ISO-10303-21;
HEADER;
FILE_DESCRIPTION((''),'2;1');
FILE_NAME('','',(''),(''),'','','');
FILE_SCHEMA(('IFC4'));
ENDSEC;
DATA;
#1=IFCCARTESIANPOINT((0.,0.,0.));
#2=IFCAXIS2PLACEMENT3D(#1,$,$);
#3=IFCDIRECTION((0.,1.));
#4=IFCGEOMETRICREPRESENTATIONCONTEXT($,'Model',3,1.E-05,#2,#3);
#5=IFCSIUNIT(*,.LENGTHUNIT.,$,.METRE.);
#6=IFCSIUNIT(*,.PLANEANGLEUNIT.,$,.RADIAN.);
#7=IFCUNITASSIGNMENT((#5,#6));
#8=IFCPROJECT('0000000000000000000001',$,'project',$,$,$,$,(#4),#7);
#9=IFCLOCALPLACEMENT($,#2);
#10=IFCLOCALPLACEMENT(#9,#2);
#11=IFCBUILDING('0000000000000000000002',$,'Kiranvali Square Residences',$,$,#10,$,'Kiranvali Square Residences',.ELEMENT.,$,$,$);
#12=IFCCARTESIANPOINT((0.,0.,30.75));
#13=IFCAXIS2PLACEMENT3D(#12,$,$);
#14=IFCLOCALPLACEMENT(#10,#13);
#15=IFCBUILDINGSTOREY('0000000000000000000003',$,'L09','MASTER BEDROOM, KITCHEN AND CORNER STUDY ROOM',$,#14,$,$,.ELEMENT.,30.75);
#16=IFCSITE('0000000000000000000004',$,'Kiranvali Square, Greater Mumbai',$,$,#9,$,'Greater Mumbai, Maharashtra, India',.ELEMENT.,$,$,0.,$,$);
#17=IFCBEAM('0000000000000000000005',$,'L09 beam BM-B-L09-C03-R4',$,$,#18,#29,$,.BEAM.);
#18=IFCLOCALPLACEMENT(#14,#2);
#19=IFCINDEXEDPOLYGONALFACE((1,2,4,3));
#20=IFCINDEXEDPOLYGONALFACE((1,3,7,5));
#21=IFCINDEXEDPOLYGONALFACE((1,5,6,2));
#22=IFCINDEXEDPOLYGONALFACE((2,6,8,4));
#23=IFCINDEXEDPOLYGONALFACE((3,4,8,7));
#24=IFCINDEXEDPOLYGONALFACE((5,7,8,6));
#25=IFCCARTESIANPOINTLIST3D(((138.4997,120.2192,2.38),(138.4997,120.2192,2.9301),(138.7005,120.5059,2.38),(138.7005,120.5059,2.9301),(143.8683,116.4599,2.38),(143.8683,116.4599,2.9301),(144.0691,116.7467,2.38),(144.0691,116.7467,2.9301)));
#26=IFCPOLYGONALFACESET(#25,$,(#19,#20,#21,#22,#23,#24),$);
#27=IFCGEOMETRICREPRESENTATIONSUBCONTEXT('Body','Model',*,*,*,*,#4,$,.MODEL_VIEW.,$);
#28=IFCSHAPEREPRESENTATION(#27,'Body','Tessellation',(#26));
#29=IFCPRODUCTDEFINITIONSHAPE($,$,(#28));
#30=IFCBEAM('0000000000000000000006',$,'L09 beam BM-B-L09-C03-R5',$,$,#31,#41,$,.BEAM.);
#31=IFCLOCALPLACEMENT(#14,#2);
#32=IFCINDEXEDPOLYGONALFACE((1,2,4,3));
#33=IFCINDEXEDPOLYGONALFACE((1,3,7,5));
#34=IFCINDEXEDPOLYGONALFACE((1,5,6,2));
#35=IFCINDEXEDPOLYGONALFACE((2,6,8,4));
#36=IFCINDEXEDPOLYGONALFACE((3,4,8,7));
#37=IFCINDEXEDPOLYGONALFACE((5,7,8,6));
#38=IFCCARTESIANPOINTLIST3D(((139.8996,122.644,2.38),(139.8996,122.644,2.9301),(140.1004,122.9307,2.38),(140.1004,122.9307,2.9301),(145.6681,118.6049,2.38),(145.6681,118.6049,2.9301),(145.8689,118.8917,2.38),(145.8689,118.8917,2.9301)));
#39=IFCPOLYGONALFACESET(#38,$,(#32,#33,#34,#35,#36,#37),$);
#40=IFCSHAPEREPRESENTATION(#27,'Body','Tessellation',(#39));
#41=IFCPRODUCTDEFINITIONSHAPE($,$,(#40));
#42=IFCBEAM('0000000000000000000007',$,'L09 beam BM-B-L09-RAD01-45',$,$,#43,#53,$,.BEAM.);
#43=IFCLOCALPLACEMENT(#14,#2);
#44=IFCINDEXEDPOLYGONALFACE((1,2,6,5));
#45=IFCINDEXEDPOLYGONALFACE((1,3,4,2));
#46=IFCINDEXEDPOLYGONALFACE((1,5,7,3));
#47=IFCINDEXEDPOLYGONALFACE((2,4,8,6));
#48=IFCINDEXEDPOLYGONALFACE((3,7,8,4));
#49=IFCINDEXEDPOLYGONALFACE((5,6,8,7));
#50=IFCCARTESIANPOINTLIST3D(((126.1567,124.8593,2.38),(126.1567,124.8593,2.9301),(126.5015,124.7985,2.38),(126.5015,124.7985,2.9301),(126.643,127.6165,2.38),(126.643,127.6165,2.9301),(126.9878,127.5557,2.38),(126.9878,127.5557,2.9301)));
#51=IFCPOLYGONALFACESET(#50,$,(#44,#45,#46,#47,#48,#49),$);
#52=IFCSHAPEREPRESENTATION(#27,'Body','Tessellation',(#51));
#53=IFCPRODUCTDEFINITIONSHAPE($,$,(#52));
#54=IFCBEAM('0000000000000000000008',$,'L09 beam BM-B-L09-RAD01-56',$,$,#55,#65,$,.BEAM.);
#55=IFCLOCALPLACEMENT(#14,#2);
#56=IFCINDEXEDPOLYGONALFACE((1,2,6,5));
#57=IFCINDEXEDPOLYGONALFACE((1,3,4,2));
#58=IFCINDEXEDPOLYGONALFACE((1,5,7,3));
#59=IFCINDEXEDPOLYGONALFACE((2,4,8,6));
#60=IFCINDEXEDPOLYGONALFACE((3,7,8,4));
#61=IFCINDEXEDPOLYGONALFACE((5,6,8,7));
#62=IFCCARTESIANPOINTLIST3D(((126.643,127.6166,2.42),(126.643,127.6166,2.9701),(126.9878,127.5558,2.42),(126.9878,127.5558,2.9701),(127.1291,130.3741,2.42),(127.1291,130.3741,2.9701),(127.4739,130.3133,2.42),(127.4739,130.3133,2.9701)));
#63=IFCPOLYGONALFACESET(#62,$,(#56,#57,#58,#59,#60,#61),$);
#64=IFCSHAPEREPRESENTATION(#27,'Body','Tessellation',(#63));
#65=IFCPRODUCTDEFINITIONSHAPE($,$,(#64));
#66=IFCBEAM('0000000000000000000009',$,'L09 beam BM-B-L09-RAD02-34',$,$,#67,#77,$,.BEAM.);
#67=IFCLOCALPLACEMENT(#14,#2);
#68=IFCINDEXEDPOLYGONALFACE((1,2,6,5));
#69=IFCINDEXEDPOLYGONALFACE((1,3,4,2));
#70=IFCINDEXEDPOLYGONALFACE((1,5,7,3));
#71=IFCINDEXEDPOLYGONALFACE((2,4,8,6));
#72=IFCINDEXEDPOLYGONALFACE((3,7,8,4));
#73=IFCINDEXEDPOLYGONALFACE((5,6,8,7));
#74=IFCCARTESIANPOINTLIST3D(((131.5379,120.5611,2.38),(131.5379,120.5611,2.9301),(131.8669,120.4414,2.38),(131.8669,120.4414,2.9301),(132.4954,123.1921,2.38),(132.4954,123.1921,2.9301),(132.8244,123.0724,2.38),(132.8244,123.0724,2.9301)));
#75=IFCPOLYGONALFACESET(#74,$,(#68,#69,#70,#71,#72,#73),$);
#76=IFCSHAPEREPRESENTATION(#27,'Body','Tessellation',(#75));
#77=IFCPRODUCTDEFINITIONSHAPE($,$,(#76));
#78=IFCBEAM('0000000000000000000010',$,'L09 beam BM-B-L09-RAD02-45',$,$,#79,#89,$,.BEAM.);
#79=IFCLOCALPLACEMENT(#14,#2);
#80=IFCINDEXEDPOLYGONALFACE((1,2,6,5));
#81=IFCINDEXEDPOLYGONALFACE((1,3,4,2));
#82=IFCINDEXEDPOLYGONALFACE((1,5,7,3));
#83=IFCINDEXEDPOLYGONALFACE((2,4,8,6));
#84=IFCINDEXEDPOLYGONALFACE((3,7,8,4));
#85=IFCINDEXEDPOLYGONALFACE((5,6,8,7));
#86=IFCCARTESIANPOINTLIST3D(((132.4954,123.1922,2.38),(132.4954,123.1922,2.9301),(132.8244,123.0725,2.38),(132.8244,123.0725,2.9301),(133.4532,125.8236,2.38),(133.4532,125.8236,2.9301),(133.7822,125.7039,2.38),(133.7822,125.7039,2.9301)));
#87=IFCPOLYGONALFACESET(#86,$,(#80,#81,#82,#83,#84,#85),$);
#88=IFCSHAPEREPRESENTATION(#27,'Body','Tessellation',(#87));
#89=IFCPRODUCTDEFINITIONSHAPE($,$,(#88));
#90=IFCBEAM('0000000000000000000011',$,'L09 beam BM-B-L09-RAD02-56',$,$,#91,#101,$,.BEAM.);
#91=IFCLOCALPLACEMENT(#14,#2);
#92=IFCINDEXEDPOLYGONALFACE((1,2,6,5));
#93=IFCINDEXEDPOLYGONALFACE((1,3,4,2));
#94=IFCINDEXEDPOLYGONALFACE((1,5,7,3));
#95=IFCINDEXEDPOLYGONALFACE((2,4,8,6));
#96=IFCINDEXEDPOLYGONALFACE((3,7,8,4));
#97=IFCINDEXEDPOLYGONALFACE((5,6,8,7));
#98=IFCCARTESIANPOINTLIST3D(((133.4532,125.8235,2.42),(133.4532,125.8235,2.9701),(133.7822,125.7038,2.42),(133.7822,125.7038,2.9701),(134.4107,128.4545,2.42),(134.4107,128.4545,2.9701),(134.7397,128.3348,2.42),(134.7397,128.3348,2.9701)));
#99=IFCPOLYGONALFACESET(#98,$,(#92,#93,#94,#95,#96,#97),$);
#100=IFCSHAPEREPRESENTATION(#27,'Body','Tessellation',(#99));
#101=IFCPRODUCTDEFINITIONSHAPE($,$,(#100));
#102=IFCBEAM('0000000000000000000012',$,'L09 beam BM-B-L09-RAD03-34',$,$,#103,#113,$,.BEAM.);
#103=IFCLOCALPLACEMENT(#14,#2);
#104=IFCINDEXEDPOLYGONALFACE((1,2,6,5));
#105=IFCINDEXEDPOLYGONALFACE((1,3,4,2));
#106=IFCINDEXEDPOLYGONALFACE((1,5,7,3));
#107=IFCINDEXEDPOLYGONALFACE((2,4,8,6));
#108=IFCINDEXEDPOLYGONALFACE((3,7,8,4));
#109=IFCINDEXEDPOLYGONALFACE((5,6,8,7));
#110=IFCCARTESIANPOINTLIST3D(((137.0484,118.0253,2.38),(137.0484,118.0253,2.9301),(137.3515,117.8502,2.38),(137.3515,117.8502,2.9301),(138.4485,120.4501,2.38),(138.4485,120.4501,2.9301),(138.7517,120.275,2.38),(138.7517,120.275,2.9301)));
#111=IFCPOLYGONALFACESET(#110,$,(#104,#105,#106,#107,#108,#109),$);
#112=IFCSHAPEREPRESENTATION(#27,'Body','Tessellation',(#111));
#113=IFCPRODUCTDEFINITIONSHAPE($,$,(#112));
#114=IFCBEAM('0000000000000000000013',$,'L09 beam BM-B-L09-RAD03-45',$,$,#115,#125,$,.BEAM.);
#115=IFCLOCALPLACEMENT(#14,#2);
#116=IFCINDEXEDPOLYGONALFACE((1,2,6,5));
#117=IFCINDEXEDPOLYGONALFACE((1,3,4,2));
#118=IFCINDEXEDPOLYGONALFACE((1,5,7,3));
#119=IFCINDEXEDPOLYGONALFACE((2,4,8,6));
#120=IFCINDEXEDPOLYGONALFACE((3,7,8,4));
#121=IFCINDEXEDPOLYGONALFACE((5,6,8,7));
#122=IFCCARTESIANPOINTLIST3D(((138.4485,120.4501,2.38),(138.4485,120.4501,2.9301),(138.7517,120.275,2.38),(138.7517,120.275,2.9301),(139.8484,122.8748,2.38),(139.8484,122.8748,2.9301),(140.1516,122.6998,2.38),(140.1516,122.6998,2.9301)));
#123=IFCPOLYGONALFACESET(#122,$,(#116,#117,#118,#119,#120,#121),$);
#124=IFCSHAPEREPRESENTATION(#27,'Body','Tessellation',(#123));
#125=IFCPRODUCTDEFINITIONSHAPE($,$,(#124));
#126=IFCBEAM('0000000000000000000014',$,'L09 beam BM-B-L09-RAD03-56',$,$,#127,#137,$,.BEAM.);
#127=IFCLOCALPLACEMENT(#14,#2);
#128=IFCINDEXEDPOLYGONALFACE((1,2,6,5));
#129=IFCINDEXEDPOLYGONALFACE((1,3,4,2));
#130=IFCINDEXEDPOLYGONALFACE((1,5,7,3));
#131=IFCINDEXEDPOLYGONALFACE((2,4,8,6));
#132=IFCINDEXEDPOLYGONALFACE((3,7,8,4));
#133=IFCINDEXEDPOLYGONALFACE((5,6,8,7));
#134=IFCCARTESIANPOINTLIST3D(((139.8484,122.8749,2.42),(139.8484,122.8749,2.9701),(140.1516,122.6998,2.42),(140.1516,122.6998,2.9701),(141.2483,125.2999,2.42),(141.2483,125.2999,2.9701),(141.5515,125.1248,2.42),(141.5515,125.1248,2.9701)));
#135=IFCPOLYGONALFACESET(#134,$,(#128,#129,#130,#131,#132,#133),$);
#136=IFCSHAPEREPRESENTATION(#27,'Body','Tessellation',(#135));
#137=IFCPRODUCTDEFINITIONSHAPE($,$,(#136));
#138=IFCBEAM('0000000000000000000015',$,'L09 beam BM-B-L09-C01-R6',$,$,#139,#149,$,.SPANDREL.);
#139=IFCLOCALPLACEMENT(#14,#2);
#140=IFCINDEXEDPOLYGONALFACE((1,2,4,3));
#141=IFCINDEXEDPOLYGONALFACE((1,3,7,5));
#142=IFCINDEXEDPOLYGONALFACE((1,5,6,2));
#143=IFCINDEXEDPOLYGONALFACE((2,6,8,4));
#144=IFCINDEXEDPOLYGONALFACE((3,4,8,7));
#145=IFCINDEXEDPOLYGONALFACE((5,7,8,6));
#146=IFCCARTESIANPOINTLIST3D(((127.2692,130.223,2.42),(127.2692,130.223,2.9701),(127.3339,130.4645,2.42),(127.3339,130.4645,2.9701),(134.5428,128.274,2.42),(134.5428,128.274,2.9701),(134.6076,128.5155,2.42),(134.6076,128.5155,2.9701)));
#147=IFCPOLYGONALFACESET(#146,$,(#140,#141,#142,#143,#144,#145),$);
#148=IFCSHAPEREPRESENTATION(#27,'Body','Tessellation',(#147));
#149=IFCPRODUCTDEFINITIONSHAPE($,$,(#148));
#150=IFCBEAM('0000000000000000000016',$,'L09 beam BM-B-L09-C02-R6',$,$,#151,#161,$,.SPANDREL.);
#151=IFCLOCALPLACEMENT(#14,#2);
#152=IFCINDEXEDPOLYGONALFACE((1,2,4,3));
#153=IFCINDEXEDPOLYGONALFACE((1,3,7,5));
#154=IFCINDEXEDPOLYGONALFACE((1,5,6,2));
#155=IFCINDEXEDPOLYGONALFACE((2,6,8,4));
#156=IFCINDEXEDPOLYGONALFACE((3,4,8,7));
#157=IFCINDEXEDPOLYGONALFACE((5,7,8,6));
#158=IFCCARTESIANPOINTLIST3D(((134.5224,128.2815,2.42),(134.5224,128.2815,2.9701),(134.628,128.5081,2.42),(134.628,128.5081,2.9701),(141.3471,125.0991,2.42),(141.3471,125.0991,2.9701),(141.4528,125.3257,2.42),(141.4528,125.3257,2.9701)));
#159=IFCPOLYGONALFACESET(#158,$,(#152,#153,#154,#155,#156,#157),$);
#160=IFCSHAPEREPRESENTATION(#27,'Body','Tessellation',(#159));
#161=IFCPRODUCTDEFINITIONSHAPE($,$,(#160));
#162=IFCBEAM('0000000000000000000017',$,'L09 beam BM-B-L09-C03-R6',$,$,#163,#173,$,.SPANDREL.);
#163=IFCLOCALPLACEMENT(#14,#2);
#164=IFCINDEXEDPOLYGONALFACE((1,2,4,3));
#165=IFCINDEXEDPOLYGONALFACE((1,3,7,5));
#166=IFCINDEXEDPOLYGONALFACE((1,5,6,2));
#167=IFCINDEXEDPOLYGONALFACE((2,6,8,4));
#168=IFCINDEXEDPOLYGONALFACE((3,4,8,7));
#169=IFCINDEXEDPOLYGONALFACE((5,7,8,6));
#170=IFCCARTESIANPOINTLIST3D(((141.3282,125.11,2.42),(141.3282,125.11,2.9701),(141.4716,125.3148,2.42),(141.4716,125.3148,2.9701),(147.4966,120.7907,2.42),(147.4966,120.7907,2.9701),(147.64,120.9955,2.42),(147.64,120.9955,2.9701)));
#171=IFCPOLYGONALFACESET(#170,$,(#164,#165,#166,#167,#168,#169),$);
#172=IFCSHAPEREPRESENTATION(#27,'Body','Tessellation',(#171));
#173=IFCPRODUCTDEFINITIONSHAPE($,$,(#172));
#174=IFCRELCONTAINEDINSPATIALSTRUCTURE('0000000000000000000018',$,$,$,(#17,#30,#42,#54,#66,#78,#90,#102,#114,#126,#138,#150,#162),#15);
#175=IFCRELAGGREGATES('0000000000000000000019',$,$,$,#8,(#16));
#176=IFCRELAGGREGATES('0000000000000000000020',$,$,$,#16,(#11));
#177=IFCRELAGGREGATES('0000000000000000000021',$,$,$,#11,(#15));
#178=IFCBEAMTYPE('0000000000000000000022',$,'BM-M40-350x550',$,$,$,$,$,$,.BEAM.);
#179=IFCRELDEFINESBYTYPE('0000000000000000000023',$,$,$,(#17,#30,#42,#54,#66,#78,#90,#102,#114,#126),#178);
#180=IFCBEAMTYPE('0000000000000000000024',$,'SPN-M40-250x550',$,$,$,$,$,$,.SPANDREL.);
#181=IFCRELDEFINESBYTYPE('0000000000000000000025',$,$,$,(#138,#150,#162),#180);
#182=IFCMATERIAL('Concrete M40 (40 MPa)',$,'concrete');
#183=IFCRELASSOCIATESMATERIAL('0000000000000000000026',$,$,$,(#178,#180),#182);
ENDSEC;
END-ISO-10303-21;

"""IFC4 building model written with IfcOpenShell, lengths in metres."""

from ifc_helpers import new_model, si_unit, direction, frame, origin, origin_2d, place, context, subcontext, project, spatial, rectangle, extrude, material, material_profile, profile_set, type_object, element, save


model = new_model("IFC4")

# Units and contexts
model_context = context("Model", 3, precision=1e-05, world=origin(), true_north=direction((0.0, 1.0)))
body_context = subcontext(model_context, "Body", "Model", "MODEL_VIEW")
ifc_project = project(units=[si_unit("LENGTHUNIT", "METRE"), si_unit("PLANEANGLEUNIT", "RADIAN")], contexts=[model_context])

# Site, building, storey
site_placement = place(None, origin())
site = spatial("IfcSite", under=ifc_project, at=site_placement, Name="Kiranvali Square, Greater Mumbai", LongName="Greater Mumbai, Maharashtra, India", CompositionType="ELEMENT", RefElevation=0.0)
building_placement = place(site_placement, origin())
building = spatial("IfcBuilding", under=site, at=building_placement, Name="Kiranvali Square Residences", LongName="Kiranvali Square Residences", CompositionType="ELEMENT")
storey_placement = place(building_placement, frame((0.0, 0.0, 30.75)))
storey = spatial("IfcBuildingStorey", under=building, at=storey_placement, Name="L09", Description="MASTER BEDROOM, KITCHEN AND CORNER STUDY ROOM", CompositionType="ELEMENT", Elevation=30.75)

# Shared definitions
ifc_material_1 = material(Name="Concrete M40 (40 MPa)", Category="concrete")

# Beams
ifc_material_profile_1 = material_profile(ifc_material_1, rectangle(XDim=0.3501, YDim=0.55, at=origin_2d()), Name="RC 350x550")
ifc_profile_set_1 = profile_set([ifc_material_profile_1], Name="Concrete M40 (40 MPa)")
beam_type_1 = type_object("IfcBeamType", Name="BM-M40-350x550", PredefinedType="BEAM", material=ifc_profile_set_1)
beam_1_placement = place(storey_placement, frame((138.6001, 120.3625, 2.655), z_axis=(0.819144, -0.573587, 0.0), x_axis=(0.573587, 0.819144, 0.0)))
element("IfcBeam", 1, at=beam_1_placement, inside=storey, type_object=beam_type_1, Name="L09 beam BM-B-L09-C03-R4", PredefinedType="BEAM", context=body_context, shape_type="SweptSolid", body=[
    extrude(rectangle(XDim=0.3501, YDim=0.55, at=origin_2d()), origin(), (0.0, 0.0, 1.0), 6.554),
])
beam_2_placement = place(storey_placement, frame((140.0, 122.7874, 2.655), z_axis=(0.81916, -0.573565, 0.0), x_axis=(0.573565, 0.81916, 0.0)))
element("IfcBeam", 2, at=beam_2_placement, inside=storey, type_object=beam_type_1, Name="L09 beam BM-B-L09-C03-R5", PredefinedType="BEAM", context=body_context, shape_type="SweptSolid", body=[
    extrude(rectangle(XDim=0.3501, YDim=0.55, at=origin_2d()), origin(), (0.0, 0.0, 1.0), 7.042),
])
beam_3_placement = place(storey_placement, frame((126.3291, 124.8289, 2.655), z_axis=(0.173696, 0.984799, 0.0), x_axis=(-0.984799, 0.173696, 0.0)))
element("IfcBeam", 3, at=beam_3_placement, inside=storey, type_object=beam_type_1, Name="L09 beam BM-B-L09-RAD01-45", PredefinedType="BEAM", context=body_context, shape_type="SweptSolid", body=[
    extrude(rectangle(XDim=0.3501, YDim=0.55, at=origin_2d()), origin(), (0.0, 0.0, 1.0), 2.7998),
])
beam_4_placement = place(storey_placement, frame((126.8154, 127.5862, 2.6951), z_axis=(0.173596, 0.984817, 0.0), x_axis=(-0.984817, 0.173596, 0.0)))
element("IfcBeam", 4, at=beam_4_placement, inside=storey, type_object=beam_type_1, Name="L09 beam BM-B-L09-RAD01-56", PredefinedType="BEAM", context=body_context, shape_type="SweptSolid", body=[
    extrude(rectangle(XDim=0.3501, YDim=0.55, at=origin_2d()), origin(), (0.0, 0.0, 1.0), 2.8),
])
beam_5_placement = place(storey_placement, frame((131.7024, 120.5012, 2.655), z_axis=(0.341981, 0.939707, 0.0), x_axis=(-0.939707, 0.341981, 0.0)))
element("IfcBeam", 5, at=beam_5_placement, inside=storey, type_object=beam_type_1, Name="L09 beam BM-B-L09-RAD02-34", PredefinedType="BEAM", context=body_context, shape_type="SweptSolid", body=[
    extrude(rectangle(XDim=0.3501, YDim=0.55, at=origin_2d()), origin(), (0.0, 0.0, 1.0), 2.7998),
])
beam_6_placement = place(storey_placement, frame((132.6599, 123.1323, 2.655), z_axis=(0.34203, 0.939689, 0.0), x_axis=(-0.939689, 0.34203, 0.0)))
element("IfcBeam", 6, at=beam_6_placement, inside=storey, type_object=beam_type_1, Name="L09 beam BM-B-L09-RAD02-45", PredefinedType="BEAM", context=body_context, shape_type="SweptSolid", body=[
    extrude(rectangle(XDim=0.3501, YDim=0.55, at=origin_2d()), origin(), (0.0, 0.0, 1.0), 2.8003),
])
beam_7_placement = place(storey_placement, frame((133.6177, 125.7637, 2.6951), z_axis=(0.341981, 0.939707, 0.0), x_axis=(-0.939707, 0.341981, 0.0)))
element("IfcBeam", 7, at=beam_7_placement, inside=storey, type_object=beam_type_1, Name="L09 beam BM-B-L09-RAD02-56", PredefinedType="BEAM", context=body_context, shape_type="SweptSolid", body=[
    extrude(rectangle(XDim=0.3501, YDim=0.55, at=origin_2d()), origin(), (0.0, 0.0, 1.0), 2.7998),
])
beam_8_placement = place(storey_placement, frame((137.2, 117.9377, 2.655), z_axis=(0.50005, 0.865997, 0.0), x_axis=(-0.865997, 0.50005, 0.0)))
element("IfcBeam", 8, at=beam_8_placement, inside=storey, type_object=beam_type_1, Name="L09 beam BM-B-L09-RAD03-34", PredefinedType="BEAM", context=body_context, shape_type="SweptSolid", body=[
    extrude(rectangle(XDim=0.3501, YDim=0.55, at=origin_2d()), origin(), (0.0, 0.0, 1.0), 2.8),
])
beam_9_placement = place(storey_placement, frame((138.6001, 120.3625, 2.655), z_axis=(0.499984, 0.866035, 0.0), x_axis=(-0.866035, 0.499984, 0.0)))
element("IfcBeam", 9, at=beam_9_placement, inside=storey, type_object=beam_type_1, Name="L09 beam BM-B-L09-RAD03-45", PredefinedType="BEAM", context=body_context, shape_type="SweptSolid", body=[
    extrude(rectangle(XDim=0.3501, YDim=0.55, at=origin_2d()), origin(), (0.0, 0.0, 1.0), 2.7998),
])
beam_10_placement = place(storey_placement, frame((140.0, 122.7874, 2.6951), z_axis=(0.499946, 0.866056, 0.0), x_axis=(-0.866056, 0.499946, 0.0)))
element("IfcBeam", 10, at=beam_10_placement, inside=storey, type_object=beam_type_1, Name="L09 beam BM-B-L09-RAD03-56", PredefinedType="BEAM", context=body_context, shape_type="SweptSolid", body=[
    extrude(rectangle(XDim=0.3501, YDim=0.55, at=origin_2d()), origin(), (0.0, 0.0, 1.0), 2.8),
])
ifc_material_profile_2 = material_profile(ifc_material_1, rectangle(XDim=0.25, YDim=0.55, at=origin_2d()), Name="RC 250x550")
ifc_profile_set_2 = profile_set([ifc_material_profile_2], Name="Concrete M40 (40 MPa)")
beam_type_2 = type_object("IfcBeamType", Name="SPN-M40-250x550", PredefinedType="SPANDREL", material=ifc_profile_set_2)
for number, where, z_axis, x_axis, name in (
    (11, (127.3015, 130.3438, 2.6951), (0.965926, -0.258819, 0.0), (0.258819, 0.965926, 0.0), "L09 beam BM-B-L09-C01-R6"),
    (12, (134.5752, 128.3948, 2.6951), (0.90631, -0.422614, 0.0), (0.422614, 0.90631, 0.0), "L09 beam BM-B-L09-C02-R6"),
    (13, (141.3999, 125.2124, 2.6951), (0.819144, -0.573589, 0.0), (0.573589, 0.819144, 0.0), "L09 beam BM-B-L09-C03-R6"),
):
    element("IfcBeam", number, at=place(storey_placement, frame(where, z_axis=z_axis, x_axis=x_axis)), inside=storey, type_object=beam_type_2, Name=name, PredefinedType="SPANDREL", context=body_context, shape_type="SweptSolid", body=[
        extrude(rectangle(XDim=0.25, YDim=0.55, at=origin_2d()), origin(), (0.0, 0.0, 1.0), 7.5303),
    ])

save(model, "model.ifc")
